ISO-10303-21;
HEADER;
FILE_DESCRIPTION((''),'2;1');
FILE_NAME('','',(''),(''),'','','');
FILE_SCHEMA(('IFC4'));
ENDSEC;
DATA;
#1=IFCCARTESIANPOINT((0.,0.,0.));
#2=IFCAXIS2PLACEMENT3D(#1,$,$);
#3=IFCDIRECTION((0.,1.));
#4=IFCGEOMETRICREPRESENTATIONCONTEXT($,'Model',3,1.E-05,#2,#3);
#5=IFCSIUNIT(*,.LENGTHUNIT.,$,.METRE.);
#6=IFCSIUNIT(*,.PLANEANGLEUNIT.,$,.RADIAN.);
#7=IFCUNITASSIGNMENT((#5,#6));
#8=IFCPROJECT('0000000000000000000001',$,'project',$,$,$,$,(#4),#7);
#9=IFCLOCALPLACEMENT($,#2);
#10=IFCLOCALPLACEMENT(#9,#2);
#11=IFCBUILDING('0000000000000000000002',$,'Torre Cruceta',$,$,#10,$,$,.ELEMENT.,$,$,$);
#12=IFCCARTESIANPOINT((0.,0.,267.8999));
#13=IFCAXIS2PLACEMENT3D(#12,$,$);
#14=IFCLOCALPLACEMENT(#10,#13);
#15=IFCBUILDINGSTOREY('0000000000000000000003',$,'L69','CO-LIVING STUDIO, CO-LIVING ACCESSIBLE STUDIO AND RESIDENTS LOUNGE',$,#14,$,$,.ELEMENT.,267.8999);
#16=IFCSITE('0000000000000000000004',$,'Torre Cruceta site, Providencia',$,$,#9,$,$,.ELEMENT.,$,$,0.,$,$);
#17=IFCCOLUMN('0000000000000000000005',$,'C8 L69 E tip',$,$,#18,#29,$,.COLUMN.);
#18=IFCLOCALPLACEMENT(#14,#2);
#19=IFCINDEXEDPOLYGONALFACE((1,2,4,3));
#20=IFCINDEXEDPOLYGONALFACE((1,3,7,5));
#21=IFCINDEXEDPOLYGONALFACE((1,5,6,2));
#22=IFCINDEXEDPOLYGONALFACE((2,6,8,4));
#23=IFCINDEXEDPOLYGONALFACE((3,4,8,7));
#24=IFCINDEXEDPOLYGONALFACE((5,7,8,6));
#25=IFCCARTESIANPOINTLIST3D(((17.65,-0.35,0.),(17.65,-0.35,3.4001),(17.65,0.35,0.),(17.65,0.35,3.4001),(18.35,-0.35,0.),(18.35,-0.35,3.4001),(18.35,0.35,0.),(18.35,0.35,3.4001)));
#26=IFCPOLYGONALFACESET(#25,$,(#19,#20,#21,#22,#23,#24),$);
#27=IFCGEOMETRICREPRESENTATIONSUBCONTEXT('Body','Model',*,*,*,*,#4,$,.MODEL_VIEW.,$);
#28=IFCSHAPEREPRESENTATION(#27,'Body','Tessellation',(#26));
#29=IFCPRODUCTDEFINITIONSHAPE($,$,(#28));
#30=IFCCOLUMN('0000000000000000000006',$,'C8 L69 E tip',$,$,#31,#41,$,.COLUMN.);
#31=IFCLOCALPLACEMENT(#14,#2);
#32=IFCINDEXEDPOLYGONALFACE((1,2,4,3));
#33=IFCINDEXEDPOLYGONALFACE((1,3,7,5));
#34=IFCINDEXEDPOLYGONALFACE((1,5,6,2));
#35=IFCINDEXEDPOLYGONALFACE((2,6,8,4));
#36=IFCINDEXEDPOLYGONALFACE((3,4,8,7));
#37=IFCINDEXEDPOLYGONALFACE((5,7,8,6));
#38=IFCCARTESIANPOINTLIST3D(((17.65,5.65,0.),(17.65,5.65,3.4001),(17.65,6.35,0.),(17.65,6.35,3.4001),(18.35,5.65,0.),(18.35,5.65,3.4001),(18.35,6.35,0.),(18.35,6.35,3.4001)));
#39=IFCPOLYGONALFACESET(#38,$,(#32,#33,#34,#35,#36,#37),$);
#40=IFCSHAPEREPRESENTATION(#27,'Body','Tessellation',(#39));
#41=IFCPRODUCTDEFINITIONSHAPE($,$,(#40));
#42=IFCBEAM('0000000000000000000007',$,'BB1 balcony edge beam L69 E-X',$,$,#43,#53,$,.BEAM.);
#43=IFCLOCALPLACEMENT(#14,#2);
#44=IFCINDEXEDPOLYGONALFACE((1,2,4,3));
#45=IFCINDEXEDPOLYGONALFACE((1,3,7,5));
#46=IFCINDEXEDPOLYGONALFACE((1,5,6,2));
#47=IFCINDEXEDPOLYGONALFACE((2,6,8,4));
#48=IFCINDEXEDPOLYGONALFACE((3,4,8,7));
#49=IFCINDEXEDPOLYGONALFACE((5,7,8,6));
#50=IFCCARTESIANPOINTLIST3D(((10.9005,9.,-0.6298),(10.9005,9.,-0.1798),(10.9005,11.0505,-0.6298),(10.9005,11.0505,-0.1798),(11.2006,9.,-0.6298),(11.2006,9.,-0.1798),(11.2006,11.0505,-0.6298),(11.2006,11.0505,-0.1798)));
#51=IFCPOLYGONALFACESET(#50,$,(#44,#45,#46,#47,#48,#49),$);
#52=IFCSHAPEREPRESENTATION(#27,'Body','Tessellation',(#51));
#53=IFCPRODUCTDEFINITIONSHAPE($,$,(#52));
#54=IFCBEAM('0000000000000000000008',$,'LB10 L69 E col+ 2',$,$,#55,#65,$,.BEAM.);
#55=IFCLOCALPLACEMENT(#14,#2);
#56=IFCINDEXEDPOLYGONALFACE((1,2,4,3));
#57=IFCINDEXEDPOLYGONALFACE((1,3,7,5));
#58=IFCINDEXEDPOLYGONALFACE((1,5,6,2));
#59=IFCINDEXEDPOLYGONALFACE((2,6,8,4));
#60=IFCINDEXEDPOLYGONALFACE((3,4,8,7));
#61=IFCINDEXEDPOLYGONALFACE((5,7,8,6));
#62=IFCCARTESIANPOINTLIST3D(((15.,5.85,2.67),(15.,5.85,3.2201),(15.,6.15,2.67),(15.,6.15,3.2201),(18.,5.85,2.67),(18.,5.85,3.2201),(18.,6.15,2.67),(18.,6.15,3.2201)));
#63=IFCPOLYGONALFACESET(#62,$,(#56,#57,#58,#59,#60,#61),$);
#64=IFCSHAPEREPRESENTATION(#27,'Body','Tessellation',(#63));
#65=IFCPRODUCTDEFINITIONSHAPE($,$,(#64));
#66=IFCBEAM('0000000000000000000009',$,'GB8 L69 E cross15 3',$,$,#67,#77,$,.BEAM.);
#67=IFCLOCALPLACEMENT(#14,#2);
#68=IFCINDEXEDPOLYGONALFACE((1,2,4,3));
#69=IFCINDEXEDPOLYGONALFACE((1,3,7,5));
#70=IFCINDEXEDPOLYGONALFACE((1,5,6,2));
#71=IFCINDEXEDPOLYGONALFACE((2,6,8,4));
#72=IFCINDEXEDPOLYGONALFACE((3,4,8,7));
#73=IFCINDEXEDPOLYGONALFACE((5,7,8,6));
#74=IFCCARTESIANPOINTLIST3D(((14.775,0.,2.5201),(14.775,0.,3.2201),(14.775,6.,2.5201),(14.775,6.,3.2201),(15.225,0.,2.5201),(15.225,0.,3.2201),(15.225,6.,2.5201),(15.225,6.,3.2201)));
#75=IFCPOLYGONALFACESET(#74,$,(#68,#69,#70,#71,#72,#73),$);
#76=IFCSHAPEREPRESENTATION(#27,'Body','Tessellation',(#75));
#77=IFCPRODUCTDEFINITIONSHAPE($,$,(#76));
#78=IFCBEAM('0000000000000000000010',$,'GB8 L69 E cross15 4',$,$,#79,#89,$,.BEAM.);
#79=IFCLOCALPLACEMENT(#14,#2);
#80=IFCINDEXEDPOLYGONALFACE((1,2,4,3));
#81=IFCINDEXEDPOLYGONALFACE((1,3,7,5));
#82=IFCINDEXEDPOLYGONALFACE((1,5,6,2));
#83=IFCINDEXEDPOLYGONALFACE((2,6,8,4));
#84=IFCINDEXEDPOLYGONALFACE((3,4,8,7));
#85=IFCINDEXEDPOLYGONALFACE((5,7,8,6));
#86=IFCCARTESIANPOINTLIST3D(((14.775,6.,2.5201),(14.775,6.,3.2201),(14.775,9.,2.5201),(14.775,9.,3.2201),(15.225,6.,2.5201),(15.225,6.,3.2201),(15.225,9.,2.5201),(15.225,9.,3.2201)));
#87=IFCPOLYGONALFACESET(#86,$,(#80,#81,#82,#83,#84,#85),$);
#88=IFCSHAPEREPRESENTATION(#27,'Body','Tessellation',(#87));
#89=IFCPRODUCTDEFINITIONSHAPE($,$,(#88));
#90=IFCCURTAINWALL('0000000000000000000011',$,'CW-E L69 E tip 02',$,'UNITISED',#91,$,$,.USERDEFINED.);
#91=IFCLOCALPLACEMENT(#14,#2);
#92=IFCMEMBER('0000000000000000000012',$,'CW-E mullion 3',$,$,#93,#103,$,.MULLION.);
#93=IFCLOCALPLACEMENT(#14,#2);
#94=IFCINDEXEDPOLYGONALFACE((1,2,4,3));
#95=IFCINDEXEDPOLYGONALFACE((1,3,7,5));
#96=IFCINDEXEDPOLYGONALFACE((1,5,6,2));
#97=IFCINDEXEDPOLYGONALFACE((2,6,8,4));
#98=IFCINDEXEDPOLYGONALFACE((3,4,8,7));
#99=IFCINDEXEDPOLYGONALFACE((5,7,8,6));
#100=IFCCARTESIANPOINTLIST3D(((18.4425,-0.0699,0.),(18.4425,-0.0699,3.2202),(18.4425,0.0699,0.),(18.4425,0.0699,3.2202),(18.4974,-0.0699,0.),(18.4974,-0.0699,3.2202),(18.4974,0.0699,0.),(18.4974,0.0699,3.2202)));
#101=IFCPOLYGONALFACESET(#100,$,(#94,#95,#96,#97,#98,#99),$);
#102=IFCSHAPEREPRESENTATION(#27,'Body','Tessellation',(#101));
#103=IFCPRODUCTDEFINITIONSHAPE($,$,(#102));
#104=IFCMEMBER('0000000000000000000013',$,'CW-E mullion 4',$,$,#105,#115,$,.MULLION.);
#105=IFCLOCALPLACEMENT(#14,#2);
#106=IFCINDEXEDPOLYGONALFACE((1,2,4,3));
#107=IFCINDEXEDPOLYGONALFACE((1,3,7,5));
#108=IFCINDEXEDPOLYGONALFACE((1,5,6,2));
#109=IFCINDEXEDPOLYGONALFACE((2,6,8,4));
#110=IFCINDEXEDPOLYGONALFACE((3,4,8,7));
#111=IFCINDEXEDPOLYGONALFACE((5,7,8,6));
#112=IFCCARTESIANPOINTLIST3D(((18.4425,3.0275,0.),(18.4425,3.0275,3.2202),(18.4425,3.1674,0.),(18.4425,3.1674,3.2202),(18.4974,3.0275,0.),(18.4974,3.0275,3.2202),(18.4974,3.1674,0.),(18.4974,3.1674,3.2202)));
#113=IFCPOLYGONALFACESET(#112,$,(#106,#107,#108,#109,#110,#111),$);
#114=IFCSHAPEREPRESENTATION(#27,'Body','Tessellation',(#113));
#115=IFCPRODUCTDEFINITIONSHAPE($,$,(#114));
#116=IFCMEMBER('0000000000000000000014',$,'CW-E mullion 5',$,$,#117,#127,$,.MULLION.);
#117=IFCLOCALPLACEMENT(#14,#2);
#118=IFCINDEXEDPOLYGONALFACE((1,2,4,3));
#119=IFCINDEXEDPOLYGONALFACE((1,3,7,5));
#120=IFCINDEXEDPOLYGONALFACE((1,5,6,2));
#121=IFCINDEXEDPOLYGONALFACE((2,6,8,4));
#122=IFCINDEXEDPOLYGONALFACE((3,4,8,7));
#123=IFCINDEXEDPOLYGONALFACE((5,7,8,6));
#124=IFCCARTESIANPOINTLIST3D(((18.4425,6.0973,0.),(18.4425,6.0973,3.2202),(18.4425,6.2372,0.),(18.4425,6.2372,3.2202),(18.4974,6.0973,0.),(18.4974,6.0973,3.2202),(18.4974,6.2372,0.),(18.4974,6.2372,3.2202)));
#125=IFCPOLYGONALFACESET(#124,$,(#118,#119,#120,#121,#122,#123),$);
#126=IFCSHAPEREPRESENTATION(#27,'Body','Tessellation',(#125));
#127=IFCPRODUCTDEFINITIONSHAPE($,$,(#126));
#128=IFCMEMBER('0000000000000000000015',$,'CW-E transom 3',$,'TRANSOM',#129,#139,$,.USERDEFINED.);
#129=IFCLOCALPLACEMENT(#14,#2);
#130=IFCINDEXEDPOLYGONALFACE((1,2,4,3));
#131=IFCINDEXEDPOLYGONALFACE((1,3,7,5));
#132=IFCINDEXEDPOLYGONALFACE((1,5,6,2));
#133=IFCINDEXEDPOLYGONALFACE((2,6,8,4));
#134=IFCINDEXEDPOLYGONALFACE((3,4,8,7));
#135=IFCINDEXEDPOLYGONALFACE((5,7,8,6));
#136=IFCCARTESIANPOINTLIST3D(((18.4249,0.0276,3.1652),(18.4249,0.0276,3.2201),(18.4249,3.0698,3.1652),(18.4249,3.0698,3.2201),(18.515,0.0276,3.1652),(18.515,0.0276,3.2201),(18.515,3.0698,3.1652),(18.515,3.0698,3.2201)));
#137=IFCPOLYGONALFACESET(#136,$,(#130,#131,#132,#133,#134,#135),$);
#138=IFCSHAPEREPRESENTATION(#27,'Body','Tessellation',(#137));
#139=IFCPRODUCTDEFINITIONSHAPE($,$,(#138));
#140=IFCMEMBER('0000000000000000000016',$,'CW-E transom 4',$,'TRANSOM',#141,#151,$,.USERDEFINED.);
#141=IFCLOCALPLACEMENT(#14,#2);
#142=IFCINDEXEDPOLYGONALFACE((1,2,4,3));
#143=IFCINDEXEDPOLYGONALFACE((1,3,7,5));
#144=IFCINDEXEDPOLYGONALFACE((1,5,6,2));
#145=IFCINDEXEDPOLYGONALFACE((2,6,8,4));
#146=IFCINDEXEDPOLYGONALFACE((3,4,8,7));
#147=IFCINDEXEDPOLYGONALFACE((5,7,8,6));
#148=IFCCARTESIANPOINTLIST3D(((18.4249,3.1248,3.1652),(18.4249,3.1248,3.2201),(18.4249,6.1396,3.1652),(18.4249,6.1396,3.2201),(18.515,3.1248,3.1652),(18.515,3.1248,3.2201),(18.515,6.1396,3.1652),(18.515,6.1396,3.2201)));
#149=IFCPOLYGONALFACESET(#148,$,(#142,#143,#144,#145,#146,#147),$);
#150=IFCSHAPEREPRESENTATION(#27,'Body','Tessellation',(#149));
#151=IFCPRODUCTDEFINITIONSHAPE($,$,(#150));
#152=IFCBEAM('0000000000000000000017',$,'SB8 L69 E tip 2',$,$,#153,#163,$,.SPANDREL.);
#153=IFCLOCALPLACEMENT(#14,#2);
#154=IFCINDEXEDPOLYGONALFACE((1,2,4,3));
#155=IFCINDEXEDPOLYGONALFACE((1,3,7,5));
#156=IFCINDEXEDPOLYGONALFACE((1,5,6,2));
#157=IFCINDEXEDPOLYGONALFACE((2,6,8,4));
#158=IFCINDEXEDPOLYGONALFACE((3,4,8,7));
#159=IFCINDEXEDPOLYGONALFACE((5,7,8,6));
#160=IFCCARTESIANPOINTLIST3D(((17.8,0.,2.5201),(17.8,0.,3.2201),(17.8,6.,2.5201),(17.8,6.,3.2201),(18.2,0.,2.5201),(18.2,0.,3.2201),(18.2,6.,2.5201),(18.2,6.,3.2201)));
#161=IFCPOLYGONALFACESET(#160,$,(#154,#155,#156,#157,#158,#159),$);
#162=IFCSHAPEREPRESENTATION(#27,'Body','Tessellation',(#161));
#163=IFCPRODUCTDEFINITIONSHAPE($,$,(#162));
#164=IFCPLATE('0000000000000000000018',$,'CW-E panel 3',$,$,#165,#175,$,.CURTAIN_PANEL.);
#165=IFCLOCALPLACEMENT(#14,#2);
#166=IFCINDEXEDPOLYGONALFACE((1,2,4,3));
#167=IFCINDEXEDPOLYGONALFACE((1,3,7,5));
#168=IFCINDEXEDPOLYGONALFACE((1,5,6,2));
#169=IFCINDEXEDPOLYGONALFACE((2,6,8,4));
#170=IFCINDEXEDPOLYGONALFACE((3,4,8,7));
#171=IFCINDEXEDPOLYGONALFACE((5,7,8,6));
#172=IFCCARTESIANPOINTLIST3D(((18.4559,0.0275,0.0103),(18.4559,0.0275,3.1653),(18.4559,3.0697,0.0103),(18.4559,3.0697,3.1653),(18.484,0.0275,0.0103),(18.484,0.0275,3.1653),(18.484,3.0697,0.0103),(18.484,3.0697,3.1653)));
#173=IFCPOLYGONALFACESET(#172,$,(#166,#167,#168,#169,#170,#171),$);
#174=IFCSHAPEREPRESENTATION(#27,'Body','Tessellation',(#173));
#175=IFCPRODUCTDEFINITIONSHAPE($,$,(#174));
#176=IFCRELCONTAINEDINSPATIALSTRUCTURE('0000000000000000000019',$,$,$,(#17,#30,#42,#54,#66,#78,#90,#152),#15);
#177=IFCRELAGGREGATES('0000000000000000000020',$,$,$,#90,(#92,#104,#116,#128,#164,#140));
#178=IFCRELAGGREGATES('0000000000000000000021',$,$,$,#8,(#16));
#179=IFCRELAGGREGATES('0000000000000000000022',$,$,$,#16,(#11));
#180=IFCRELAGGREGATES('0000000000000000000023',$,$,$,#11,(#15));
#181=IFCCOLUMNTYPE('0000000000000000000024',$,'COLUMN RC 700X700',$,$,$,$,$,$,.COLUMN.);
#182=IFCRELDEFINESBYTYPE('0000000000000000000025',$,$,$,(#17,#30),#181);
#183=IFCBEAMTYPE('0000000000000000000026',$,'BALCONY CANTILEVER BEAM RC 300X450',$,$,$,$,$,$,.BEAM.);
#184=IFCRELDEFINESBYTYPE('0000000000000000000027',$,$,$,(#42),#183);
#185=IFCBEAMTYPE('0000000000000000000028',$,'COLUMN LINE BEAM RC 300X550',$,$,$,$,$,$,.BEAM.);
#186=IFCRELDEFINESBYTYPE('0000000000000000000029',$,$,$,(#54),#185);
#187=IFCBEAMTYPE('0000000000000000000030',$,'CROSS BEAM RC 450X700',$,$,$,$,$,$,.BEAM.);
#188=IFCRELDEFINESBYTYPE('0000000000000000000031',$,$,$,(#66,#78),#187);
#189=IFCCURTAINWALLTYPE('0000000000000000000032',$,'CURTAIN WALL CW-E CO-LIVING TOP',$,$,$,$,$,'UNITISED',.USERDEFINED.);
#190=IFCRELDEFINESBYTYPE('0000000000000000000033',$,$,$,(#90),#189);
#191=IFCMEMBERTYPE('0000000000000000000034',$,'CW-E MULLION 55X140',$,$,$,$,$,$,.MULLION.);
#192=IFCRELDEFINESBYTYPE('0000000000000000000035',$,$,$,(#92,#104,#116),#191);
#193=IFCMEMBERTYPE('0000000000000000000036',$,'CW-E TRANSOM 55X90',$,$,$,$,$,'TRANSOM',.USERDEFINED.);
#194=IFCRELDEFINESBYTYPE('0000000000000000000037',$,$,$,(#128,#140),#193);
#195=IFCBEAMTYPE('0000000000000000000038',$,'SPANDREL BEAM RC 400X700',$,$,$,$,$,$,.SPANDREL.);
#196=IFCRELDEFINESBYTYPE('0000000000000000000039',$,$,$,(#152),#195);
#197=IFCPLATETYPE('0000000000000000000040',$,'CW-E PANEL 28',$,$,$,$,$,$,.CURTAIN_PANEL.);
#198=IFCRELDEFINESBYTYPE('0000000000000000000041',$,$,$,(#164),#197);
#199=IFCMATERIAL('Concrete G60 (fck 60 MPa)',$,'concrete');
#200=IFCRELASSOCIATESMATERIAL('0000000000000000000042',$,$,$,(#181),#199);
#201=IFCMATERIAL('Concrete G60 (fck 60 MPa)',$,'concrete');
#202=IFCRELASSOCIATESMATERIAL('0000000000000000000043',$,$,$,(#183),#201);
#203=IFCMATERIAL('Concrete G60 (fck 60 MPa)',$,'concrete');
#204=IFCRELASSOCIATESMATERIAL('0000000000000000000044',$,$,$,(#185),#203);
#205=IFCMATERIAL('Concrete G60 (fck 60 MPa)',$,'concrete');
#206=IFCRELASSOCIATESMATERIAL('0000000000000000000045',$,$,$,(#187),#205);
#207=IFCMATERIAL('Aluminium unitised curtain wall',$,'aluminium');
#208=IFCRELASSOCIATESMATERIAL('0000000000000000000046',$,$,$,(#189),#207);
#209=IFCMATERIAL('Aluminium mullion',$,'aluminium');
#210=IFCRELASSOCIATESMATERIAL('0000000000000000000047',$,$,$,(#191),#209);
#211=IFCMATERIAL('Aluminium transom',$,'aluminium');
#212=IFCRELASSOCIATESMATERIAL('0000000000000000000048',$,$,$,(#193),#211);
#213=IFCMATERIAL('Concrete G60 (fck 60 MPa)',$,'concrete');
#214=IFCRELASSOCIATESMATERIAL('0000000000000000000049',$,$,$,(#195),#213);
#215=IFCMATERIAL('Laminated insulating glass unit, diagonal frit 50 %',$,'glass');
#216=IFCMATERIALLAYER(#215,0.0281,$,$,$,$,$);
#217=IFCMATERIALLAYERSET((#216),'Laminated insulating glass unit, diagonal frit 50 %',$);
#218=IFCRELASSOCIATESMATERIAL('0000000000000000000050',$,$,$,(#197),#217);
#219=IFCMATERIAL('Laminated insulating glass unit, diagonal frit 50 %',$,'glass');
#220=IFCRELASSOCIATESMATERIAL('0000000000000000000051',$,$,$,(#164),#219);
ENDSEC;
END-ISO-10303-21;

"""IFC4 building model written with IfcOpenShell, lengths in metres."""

from ifc_helpers import new_model, si_unit, direction, frame, origin, origin_2d, place, context, subcontext, project, spatial, rectangle, extrude, material, layer, layer_set, material_profile, profile_set, type_object, element, aggregate, save


model = new_model("IFC4")

# Units and contexts
model_context = context("Model", 3, precision=1e-05, world=origin(), true_north=direction((0.0, 1.0)))
body_context = subcontext(model_context, "Body", "Model", "MODEL_VIEW")
ifc_project = project(units=[si_unit("LENGTHUNIT", "METRE"), si_unit("PLANEANGLEUNIT", "RADIAN")], contexts=[model_context])

# Site, building, storey
site_placement = place(None, origin())
site = spatial("IfcSite", under=ifc_project, at=site_placement, Name="Torre Cruceta site, Providencia", CompositionType="ELEMENT", RefElevation=0.0)
building_placement = place(site_placement, origin())
building = spatial("IfcBuilding", under=site, at=building_placement, Name="Torre Cruceta", CompositionType="ELEMENT")
storey_placement = place(building_placement, frame((0.0, 0.0, 267.8999)))
storey = spatial("IfcBuildingStorey", under=building, at=storey_placement, Name="L69", Description="CO-LIVING STUDIO, CO-LIVING ACCESSIBLE STUDIO AND RESIDENTS LOUNGE", CompositionType="ELEMENT", Elevation=267.8999)

# Columns
ifc_material_1 = material(Name="Concrete G60 (fck 60 MPa)", Category="concrete")
ifc_material_profile_1 = material_profile(ifc_material_1, rectangle(XDim=0.7, YDim=0.7, at=origin_2d()), Name="RC 700X700")
ifc_profile_set_1 = profile_set([ifc_material_profile_1], Name="Concrete G60 (fck 60 MPa)")
column_type = type_object("IfcColumnType", Name="COLUMN RC 700X700", PredefinedType="COLUMN", material=ifc_profile_set_1)
for number, where, z_axis, x_axis, name in (
    (1, (18.0, 0.0, 0.0), (0.0, 0.0, 1.0), (1.0, 0.0, 0.0), "C8 L69 E tip"),
    (2, (18.0, 6.0, 0.0), (0.0, 0.0, 1.0), (1.0, 0.0, 0.0), "C8 L69 E tip"),
):
    element("IfcColumn", number, at=place(storey_placement, frame(where, z_axis=z_axis, x_axis=x_axis)), inside=storey, type_object=column_type, Name=name, PredefinedType="COLUMN", context=body_context, shape_type="SweptSolid", body=[
        extrude(rectangle(XDim=0.7, YDim=0.7, at=origin_2d()), origin(), (0.0, 0.0, 1.0), 3.4001),
    ])

# Beams
ifc_material_2 = material(Name="Concrete G60 (fck 60 MPa)", Category="concrete")
ifc_material_profile_2 = material_profile(ifc_material_2, rectangle(XDim=0.3, YDim=0.45, at=origin_2d()), Name="RC 300X450")
ifc_profile_set_2 = profile_set([ifc_material_profile_2], Name="Concrete G60 (fck 60 MPa)")
beam_type_1 = type_object("IfcBeamType", Name="BALCONY CANTILEVER BEAM RC 300X450", PredefinedType="BEAM", material=ifc_profile_set_2)
beam_1_placement = place(storey_placement, frame((11.0505, 9.0, -0.4048), z_axis=(0.0, 1.0, 0.0), x_axis=(-1.0, 0.0, 0.0)))
element("IfcBeam", 3, at=beam_1_placement, inside=storey, type_object=beam_type_1, Name="BB1 balcony edge beam L69 E-X", PredefinedType="BEAM", context=body_context, shape_type="SweptSolid", body=[
    extrude(rectangle(XDim=0.3, YDim=0.45, at=origin_2d()), origin(), (0.0, 0.0, 1.0), 2.0505),
])
ifc_material_3 = material(Name="Concrete G60 (fck 60 MPa)", Category="concrete")
ifc_material_profile_3 = material_profile(ifc_material_3, rectangle(XDim=0.3, YDim=0.55, at=origin_2d()), Name="RC 300X550")
ifc_profile_set_3 = profile_set([ifc_material_profile_3], Name="Concrete G60 (fck 60 MPa)")
beam_type_2 = type_object("IfcBeamType", Name="COLUMN LINE BEAM RC 300X550", PredefinedType="BEAM", material=ifc_profile_set_3)
beam_2_placement = place(storey_placement, frame((15.0, 6.0, 2.9451), z_axis=(1.0, 0.0, 0.0), x_axis=(0.0, 1.0, 0.0)))
element("IfcBeam", 4, at=beam_2_placement, inside=storey, type_object=beam_type_2, Name="LB10 L69 E col+ 2", PredefinedType="BEAM", context=body_context, shape_type="SweptSolid", body=[
    extrude(rectangle(XDim=0.3, YDim=0.55, at=origin_2d()), origin(), (0.0, 0.0, 1.0), 3.0),
])
ifc_material_4 = material(Name="Concrete G60 (fck 60 MPa)", Category="concrete")
ifc_material_profile_4 = material_profile(ifc_material_4, rectangle(XDim=0.45, YDim=0.7, at=origin_2d()), Name="RC 450X700")
ifc_profile_set_4 = profile_set([ifc_material_profile_4], Name="Concrete G60 (fck 60 MPa)")
beam_type_3 = type_object("IfcBeamType", Name="CROSS BEAM RC 450X700", PredefinedType="BEAM", material=ifc_profile_set_4)
beam_3_placement = place(storey_placement, frame((15.0, 0.0, 2.8701), z_axis=(0.0, 1.0, 0.0), x_axis=(-1.0, 0.0, 0.0)))
element("IfcBeam", 5, at=beam_3_placement, inside=storey, type_object=beam_type_3, Name="GB8 L69 E cross15 3", PredefinedType="BEAM", context=body_context, shape_type="SweptSolid", body=[
    extrude(rectangle(XDim=0.45, YDim=0.7, at=origin_2d()), origin(), (0.0, 0.0, 1.0), 6.0),
])
beam_4_placement = place(storey_placement, frame((15.0, 6.0, 2.8701), z_axis=(0.0, 1.0, 0.0), x_axis=(-1.0, 0.0, 0.0)))
element("IfcBeam", 6, at=beam_4_placement, inside=storey, type_object=beam_type_3, Name="GB8 L69 E cross15 4", PredefinedType="BEAM", context=body_context, shape_type="SweptSolid", body=[
    extrude(rectangle(XDim=0.45, YDim=0.7, at=origin_2d()), origin(), (0.0, 0.0, 1.0), 3.0),
])

# Curtain wall, members
ifc_material_5 = material(Name="Aluminium unitised curtain wall", Category="aluminium")
curtain_wall_type = type_object("IfcCurtainWallType", Name="CURTAIN WALL CW-E CO-LIVING TOP", ElementType="UNITISED", PredefinedType="USERDEFINED", material=ifc_material_5)
curtain_wall_placement = place(storey_placement, origin())
curtain_wall = element("IfcCurtainWall", 7, at=curtain_wall_placement, inside=storey, type_object=curtain_wall_type, Name="CW-E L69 E tip 02", ObjectType="UNITISED", PredefinedType="USERDEFINED")
ifc_material_6 = material(Name="Aluminium mullion", Category="aluminium")
ifc_material_profile_5 = material_profile(ifc_material_6, rectangle(XDim=0.0549, YDim=0.1399, at=origin_2d()), Name="AL 55X140")
ifc_profile_set_5 = profile_set([ifc_material_profile_5], Name="Aluminium mullion")
member_type_1 = type_object("IfcMemberType", Name="CW-E MULLION 55X140", PredefinedType="MULLION", material=ifc_profile_set_5)
member_1_placement = place(storey_placement, frame((18.47, 0.0, 0.0), z_axis=(0.0, 0.0, 1.0), x_axis=(-1.0, 0.0, 0.0)))
member_1 = element("IfcMember", 8, at=member_1_placement, type_object=member_type_1, Name="CW-E mullion 3", PredefinedType="MULLION", context=body_context, shape_type="SweptSolid", body=[
    extrude(rectangle(XDim=0.0549, YDim=0.1399, at=origin_2d()), origin(), (0.0, 0.0, 1.0), 3.2202),
])
member_2_placement = place(storey_placement, frame((18.47, 3.0974, 0.0), z_axis=(0.0, 0.0, 1.0), x_axis=(-1.0, 0.0, 0.0)))
member_2 = element("IfcMember", 9, at=member_2_placement, type_object=member_type_1, Name="CW-E mullion 4", PredefinedType="MULLION", context=body_context, shape_type="SweptSolid", body=[
    extrude(rectangle(XDim=0.0549, YDim=0.1399, at=origin_2d()), origin(), (0.0, 0.0, 1.0), 3.2202),
])
member_3_placement = place(storey_placement, frame((18.47, 6.1672, 0.0), z_axis=(0.0, 0.0, 1.0), x_axis=(-1.0, 0.0, 0.0)))
member_3 = element("IfcMember", 10, at=member_3_placement, type_object=member_type_1, Name="CW-E mullion 5", PredefinedType="MULLION", context=body_context, shape_type="SweptSolid", body=[
    extrude(rectangle(XDim=0.0549, YDim=0.1399, at=origin_2d()), origin(), (0.0, 0.0, 1.0), 3.2202),
])
ifc_material_7 = material(Name="Aluminium transom", Category="aluminium")
ifc_material_profile_6 = material_profile(ifc_material_7, rectangle(XDim=0.0901, YDim=0.0549, at=origin_2d()), Name="AL 90X55")
ifc_profile_set_6 = profile_set([ifc_material_profile_6], Name="Aluminium transom")
member_type_2 = type_object("IfcMemberType", Name="CW-E TRANSOM 55X90", ElementType="TRANSOM", PredefinedType="USERDEFINED", material=ifc_profile_set_6)
member_4_placement = place(storey_placement, frame((18.47, 0.0276, 3.1926), z_axis=(0.0, 1.0, 0.0), x_axis=(-1.0, 0.0, 0.0)))
member_4 = element("IfcMember", 11, at=member_4_placement, type_object=member_type_2, Name="CW-E transom 3", ObjectType="TRANSOM", PredefinedType="USERDEFINED", context=body_context, shape_type="SweptSolid", body=[
    extrude(rectangle(XDim=0.0901, YDim=0.0549, at=origin_2d()), origin(), (0.0, 0.0, 1.0), 3.0422),
])
member_5_placement = place(storey_placement, frame((18.47, 3.1248, 3.1926), z_axis=(0.0, 1.0, 0.0), x_axis=(-1.0, 0.0, 0.0)))
member_5 = element("IfcMember", 12, at=member_5_placement, type_object=member_type_2, Name="CW-E transom 4", ObjectType="TRANSOM", PredefinedType="USERDEFINED", context=body_context, shape_type="SweptSolid", body=[
    extrude(rectangle(XDim=0.0901, YDim=0.0549, at=origin_2d()), origin(), (0.0, 0.0, 1.0), 3.0149),
])

# Beam
ifc_material_8 = material(Name="Concrete G60 (fck 60 MPa)", Category="concrete")
ifc_material_profile_7 = material_profile(ifc_material_8, rectangle(XDim=0.3999, YDim=0.7, at=origin_2d()), Name="RC 400X700")
ifc_profile_set_7 = profile_set([ifc_material_profile_7], Name="Concrete G60 (fck 60 MPa)")
beam_type_4 = type_object("IfcBeamType", Name="SPANDREL BEAM RC 400X700", PredefinedType="SPANDREL", material=ifc_profile_set_7)
beam_5_placement = place(storey_placement, frame((18.0, 0.0, 2.8701), z_axis=(0.0, 1.0, 0.0), x_axis=(-1.0, 0.0, 0.0)))
element("IfcBeam", 13, at=beam_5_placement, inside=storey, type_object=beam_type_4, Name="SB8 L69 E tip 2", PredefinedType="SPANDREL", context=body_context, shape_type="SweptSolid", body=[
    extrude(rectangle(XDim=0.3999, YDim=0.7, at=origin_2d()), origin(), (0.0, 0.0, 1.0), 6.0),
])

# Plate
ifc_material_9 = material(Name="Laminated insulating glass unit, diagonal frit 50 %", Category="glass")
ifc_material_10 = material(Name="Laminated insulating glass unit, diagonal frit 50 %", Category="glass")
ifc_layer_1 = layer(ifc_material_10, 0.0281)
ifc_layer_set_1 = layer_set([ifc_layer_1], Name="Laminated insulating glass unit, diagonal frit 50 %")
plate_type = type_object("IfcPlateType", Name="CW-E PANEL 28", PredefinedType="CURTAIN_PANEL", material=ifc_layer_set_1)
plate_1_placement = place(storey_placement, frame((18.47, 1.5486, 0.0103), z_axis=(0.0, 0.0, 1.0), x_axis=(0.0, 1.0, 0.0)))
plate_1 = element("IfcPlate", 14, at=plate_1_placement, type_object=plate_type, material=ifc_material_9, Name="CW-E panel 3", PredefinedType="CURTAIN_PANEL", context=body_context, shape_type="SweptSolid", body=[
    extrude(rectangle(XDim=3.0422, YDim=0.0281, at=origin_2d()), origin(), (0.0, 0.0, 1.0), 3.155),
])
aggregate(curtain_wall, [member_1, member_2, member_3, member_4, plate_1, member_5])

save(model, "model.ifc")
